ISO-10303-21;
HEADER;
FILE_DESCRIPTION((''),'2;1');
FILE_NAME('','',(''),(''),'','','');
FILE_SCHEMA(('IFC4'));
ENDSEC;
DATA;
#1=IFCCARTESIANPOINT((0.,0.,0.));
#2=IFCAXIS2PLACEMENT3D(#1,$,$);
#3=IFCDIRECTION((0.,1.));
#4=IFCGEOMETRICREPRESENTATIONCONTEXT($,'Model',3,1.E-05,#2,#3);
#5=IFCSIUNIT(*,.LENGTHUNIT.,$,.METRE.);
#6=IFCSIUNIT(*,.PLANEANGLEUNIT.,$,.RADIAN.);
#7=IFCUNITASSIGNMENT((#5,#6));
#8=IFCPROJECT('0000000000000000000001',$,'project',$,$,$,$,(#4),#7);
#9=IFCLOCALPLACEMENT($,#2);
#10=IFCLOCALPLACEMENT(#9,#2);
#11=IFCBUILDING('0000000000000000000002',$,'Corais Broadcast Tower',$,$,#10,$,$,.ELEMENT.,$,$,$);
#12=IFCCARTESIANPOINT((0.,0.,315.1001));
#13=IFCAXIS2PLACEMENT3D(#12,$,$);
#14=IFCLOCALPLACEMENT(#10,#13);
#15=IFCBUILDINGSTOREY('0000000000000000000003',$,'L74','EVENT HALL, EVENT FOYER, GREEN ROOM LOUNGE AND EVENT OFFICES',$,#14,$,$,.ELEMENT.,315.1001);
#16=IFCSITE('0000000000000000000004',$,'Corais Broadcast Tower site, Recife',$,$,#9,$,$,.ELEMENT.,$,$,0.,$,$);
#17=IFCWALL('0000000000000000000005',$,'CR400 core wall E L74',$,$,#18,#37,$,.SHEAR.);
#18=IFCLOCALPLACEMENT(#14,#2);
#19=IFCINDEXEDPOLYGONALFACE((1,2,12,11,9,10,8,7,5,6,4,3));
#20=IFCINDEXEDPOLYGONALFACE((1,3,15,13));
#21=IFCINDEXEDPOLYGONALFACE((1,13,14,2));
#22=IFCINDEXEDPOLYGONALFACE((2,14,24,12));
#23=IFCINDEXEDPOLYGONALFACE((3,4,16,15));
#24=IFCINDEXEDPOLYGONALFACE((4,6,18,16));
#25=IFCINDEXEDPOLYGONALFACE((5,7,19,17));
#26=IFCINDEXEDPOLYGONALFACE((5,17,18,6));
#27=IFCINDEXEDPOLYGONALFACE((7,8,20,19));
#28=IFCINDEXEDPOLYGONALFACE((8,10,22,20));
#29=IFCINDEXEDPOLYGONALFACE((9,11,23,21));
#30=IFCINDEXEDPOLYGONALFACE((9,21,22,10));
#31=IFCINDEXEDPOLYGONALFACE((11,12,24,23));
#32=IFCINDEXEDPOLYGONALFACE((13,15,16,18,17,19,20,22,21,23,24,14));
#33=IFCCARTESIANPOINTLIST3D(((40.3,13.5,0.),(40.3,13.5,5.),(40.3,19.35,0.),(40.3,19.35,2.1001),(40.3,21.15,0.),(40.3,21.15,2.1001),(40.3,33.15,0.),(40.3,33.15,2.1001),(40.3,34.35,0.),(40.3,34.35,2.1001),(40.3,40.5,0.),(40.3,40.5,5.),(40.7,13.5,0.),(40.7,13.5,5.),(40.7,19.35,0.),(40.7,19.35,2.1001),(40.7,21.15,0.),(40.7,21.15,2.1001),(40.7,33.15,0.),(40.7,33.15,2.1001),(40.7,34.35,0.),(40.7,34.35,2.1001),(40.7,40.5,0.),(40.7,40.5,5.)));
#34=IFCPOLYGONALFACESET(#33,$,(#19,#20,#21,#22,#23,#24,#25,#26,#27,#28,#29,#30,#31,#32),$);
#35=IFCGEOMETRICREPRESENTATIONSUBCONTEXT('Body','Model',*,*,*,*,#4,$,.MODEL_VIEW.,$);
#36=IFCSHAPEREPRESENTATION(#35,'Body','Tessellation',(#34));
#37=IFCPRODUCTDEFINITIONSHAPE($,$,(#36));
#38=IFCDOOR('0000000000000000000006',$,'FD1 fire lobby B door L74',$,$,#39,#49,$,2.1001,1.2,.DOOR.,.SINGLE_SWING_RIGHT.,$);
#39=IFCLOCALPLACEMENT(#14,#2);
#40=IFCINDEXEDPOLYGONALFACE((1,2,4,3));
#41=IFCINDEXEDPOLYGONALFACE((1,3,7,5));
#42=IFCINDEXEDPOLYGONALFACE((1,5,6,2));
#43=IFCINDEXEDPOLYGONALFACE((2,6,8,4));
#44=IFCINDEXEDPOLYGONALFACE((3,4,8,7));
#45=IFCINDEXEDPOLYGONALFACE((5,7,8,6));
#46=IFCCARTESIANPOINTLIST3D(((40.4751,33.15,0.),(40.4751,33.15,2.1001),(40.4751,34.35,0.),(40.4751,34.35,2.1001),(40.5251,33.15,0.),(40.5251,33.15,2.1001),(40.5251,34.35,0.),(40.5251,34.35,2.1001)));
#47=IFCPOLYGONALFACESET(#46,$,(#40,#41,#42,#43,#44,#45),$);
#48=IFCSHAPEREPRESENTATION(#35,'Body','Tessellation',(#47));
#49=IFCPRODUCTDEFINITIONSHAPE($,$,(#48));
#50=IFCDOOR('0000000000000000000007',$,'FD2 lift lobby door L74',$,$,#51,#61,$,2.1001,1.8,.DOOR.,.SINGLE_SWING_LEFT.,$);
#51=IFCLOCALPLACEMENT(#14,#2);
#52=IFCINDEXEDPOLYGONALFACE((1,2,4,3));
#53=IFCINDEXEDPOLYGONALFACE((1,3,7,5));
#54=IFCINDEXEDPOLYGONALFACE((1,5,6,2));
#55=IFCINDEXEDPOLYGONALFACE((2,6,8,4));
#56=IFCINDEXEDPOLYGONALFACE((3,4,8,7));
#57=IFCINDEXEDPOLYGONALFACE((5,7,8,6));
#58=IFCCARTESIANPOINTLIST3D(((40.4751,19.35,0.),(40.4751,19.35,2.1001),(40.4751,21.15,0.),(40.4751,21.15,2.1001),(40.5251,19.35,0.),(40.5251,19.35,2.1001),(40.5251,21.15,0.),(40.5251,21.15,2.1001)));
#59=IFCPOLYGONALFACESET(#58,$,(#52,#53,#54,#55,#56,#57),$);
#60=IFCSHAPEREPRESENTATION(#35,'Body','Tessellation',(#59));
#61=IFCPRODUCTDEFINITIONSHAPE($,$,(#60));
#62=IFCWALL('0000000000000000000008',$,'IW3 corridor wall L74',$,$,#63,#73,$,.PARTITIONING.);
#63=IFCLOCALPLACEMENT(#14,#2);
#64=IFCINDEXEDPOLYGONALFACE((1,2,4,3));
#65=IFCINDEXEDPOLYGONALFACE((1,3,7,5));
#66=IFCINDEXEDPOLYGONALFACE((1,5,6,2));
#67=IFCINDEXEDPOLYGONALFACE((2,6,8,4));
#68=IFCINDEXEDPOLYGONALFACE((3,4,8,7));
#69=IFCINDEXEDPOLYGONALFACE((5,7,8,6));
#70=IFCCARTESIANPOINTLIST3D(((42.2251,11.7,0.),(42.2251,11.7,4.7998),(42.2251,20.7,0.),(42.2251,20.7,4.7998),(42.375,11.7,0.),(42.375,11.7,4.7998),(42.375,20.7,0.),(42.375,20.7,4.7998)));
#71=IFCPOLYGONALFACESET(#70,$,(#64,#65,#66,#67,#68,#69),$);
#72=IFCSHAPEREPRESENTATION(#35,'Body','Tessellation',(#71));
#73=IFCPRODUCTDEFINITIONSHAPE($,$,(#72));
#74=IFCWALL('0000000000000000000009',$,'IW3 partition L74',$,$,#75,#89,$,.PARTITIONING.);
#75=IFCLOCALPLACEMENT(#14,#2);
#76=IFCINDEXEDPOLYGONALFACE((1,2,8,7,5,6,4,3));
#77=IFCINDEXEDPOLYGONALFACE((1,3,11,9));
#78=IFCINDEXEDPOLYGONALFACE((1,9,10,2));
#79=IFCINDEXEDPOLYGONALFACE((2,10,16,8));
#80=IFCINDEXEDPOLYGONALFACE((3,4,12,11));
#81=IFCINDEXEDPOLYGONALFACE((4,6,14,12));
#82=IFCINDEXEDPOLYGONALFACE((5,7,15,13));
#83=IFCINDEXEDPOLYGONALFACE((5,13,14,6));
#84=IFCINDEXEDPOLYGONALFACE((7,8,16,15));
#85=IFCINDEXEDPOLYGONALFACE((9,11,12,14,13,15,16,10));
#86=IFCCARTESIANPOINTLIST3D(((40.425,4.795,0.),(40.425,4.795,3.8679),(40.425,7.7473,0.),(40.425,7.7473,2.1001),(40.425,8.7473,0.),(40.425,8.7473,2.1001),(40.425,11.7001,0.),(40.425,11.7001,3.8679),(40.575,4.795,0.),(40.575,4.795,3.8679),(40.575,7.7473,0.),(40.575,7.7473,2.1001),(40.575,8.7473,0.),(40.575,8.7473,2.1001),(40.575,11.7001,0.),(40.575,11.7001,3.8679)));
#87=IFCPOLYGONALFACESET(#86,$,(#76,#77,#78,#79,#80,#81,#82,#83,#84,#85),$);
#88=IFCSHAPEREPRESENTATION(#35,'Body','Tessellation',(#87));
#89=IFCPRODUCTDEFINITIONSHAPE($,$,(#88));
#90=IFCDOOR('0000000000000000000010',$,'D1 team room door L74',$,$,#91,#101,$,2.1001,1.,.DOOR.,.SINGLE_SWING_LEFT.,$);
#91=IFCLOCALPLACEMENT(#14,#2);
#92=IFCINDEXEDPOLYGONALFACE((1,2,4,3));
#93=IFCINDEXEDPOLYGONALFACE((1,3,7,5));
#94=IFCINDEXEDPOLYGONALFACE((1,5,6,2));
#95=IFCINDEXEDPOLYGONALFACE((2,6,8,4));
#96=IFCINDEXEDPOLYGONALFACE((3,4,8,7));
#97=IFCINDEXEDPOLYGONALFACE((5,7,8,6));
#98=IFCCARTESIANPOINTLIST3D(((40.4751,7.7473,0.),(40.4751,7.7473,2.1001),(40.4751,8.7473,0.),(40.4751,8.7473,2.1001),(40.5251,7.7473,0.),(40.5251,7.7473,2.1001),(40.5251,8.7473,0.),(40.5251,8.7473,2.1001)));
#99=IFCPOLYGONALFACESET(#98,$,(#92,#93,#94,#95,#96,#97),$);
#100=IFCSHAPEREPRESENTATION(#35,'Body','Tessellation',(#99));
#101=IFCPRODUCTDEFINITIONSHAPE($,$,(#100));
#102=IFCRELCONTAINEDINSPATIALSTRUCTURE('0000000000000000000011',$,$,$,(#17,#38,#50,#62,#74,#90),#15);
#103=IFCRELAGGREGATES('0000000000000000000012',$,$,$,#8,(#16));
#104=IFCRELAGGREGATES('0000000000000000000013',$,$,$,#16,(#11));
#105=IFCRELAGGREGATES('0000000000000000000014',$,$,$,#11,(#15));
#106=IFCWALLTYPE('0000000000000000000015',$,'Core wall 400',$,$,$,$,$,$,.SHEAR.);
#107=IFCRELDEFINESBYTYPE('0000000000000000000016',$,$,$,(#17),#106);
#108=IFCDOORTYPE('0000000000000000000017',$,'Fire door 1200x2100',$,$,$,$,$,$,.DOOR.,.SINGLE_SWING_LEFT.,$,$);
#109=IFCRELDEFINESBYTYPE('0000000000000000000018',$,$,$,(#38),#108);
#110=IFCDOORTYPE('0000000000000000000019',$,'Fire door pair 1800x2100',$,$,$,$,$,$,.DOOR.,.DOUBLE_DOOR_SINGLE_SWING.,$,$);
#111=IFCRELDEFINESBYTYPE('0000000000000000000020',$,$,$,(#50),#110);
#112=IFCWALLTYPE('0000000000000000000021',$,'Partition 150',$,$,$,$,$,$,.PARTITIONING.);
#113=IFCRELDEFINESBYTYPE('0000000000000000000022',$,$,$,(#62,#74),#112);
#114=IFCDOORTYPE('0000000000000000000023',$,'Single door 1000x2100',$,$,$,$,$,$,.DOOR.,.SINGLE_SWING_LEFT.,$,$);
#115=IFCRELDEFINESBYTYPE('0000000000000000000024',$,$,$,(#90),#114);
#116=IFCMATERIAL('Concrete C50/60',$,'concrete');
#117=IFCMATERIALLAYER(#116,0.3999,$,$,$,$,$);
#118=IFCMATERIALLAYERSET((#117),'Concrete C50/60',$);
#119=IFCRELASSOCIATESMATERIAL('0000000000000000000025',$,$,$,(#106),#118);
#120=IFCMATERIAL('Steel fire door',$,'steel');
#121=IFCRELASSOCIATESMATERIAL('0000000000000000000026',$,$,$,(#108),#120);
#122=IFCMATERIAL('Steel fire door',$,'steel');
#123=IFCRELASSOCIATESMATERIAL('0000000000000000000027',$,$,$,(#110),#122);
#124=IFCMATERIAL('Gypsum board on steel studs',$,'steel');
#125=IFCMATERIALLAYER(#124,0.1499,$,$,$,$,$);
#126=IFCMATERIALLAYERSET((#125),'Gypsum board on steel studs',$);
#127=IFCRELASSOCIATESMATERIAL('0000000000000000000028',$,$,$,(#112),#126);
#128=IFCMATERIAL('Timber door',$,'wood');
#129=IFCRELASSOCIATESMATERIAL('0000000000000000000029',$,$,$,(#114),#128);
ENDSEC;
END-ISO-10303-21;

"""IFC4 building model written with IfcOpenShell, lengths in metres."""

from ifc_helpers import new_model, si_unit, direction, frame, frame_2d, origin, place, context, subcontext, project, spatial, rectangle, extrude, material, layer, layer_set, type_object, element, fill, save


model = new_model("IFC4")

# Units and contexts
model_context = context("Model", 3, precision=1e-05, world=origin(), true_north=direction((0.0, 1.0)))
body_context = subcontext(model_context, "Body", "Model", "MODEL_VIEW")
ifc_project = project(units=[si_unit("LENGTHUNIT", "METRE"), si_unit("PLANEANGLEUNIT", "RADIAN")], contexts=[model_context])

# Site, building, storey
site_placement = place(None, origin())
site = spatial("IfcSite", under=ifc_project, at=site_placement, Name="Corais Broadcast Tower site, Recife", CompositionType="ELEMENT", RefElevation=0.0)
building_placement = place(site_placement, origin())
building = spatial("IfcBuilding", under=site, at=building_placement, Name="Corais Broadcast Tower", CompositionType="ELEMENT")
storey_placement = place(building_placement, frame((0.0, 0.0, 315.1001)))
storey = spatial("IfcBuildingStorey", under=building, at=storey_placement, Name="L74", Description="EVENT HALL, EVENT FOYER, GREEN ROOM LOUNGE AND EVENT OFFICES", CompositionType="ELEMENT", Elevation=315.1001)

# Wall, openings, doors
ifc_material_1 = material(Name="Concrete C50/60", Category="concrete")
ifc_layer_1 = layer(ifc_material_1, 0.3999)
ifc_layer_set_1 = layer_set([ifc_layer_1], Name="Concrete C50/60")
wall_type_1 = type_object("IfcWallType", Name="Core wall 400", PredefinedType="SHEAR", material=ifc_layer_set_1)
wall_1_placement = place(storey_placement, frame((40.5, 13.5, 0.0), z_axis=(0.0, 0.0, 1.0), x_axis=(0.0, 1.0, 0.0)))
wall_1 = element("IfcWall", 1, at=wall_1_placement, inside=storey, type_object=wall_type_1, Name="CR400 core wall E L74", PredefinedType="SHEAR", context=body_context, shape_type="SweptSolid", body=[
    extrude(rectangle(XDim=27.0, YDim=0.3999, at=frame_2d((13.5, 0.0))), origin(), (0.0, 0.0, 1.0), 5.0),
])
opening_1_placement = place(wall_1_placement, frame((5.8501, 0.0, 0.0)))
opening_1 = element("IfcOpeningElement", 2, at=opening_1_placement, cuts=wall_1, PredefinedType="OPENING", context=body_context, shape_type="SweptSolid", body=[
    extrude(rectangle(XDim=1.8, YDim=2.1001, at=frame_2d((0.8999, 1.05))), frame((0.0, 0.21, 0.0), z_axis=(0.0, -1.0, 0.0), x_axis=(1.0, 0.0, 0.0)), (0.0, 0.0, 1.0), 0.4199),
])
opening_2_placement = place(wall_1_placement, frame((19.6499, 0.0, 0.0)))
opening_2 = element("IfcOpeningElement", 3, at=opening_2_placement, cuts=wall_1, PredefinedType="OPENING", context=body_context, shape_type="SweptSolid", body=[
    extrude(rectangle(XDim=1.2, YDim=2.1001, at=frame_2d((0.6001, 1.05))), frame((0.0, 0.21, 0.0), z_axis=(0.0, -1.0, 0.0), x_axis=(1.0, 0.0, 0.0)), (0.0, 0.0, 1.0), 0.4199),
])
ifc_material_2 = material(Name="Steel fire door", Category="steel")
door_type_1 = type_object("IfcDoorType", Name="Fire door 1200x2100", OperationType="SINGLE_SWING_LEFT", PredefinedType="DOOR", material=ifc_material_2)
door_1_placement = place(opening_2_placement, origin())
door_1 = element("IfcDoor", 4, at=door_1_placement, inside=storey, type_object=door_type_1, Name="FD1 fire lobby B door L74", OperationType="SINGLE_SWING_RIGHT", OverallHeight=2.1001, OverallWidth=1.2, PredefinedType="DOOR", context=body_context, shape_type="SweptSolid", body=[
    extrude(rectangle(XDim=1.2, YDim=2.1001, at=frame_2d((0.6001, 1.05))), frame((0.0, 0.0249, 0.0), z_axis=(0.0, -1.0, 0.0), x_axis=(1.0, 0.0, 0.0)), (0.0, 0.0, 1.0), 0.05),
])
fill(opening_2, door_1)
ifc_material_3 = material(Name="Steel fire door", Category="steel")
door_type_2 = type_object("IfcDoorType", Name="Fire door pair 1800x2100", OperationType="DOUBLE_DOOR_SINGLE_SWING", PredefinedType="DOOR", material=ifc_material_3)
door_2_placement = place(opening_1_placement, origin())
door_2 = element("IfcDoor", 5, at=door_2_placement, inside=storey, type_object=door_type_2, Name="FD2 lift lobby door L74", OperationType="SINGLE_SWING_LEFT", OverallHeight=2.1001, OverallWidth=1.8, PredefinedType="DOOR", context=body_context, shape_type="SweptSolid", body=[
    extrude(rectangle(XDim=1.8, YDim=2.1001, at=frame_2d((0.8999, 1.05))), frame((0.0, 0.0249, 0.0), z_axis=(0.0, -1.0, 0.0), x_axis=(1.0, 0.0, 0.0)), (0.0, 0.0, 1.0), 0.05),
])
fill(opening_1, door_2)

# Wall
ifc_material_4 = material(Name="Gypsum board on steel studs", Category="steel")
ifc_layer_2 = layer(ifc_material_4, 0.1499)
ifc_layer_set_2 = layer_set([ifc_layer_2], Name="Gypsum board on steel studs")
wall_type_2 = type_object("IfcWallType", Name="Partition 150", PredefinedType="PARTITIONING", material=ifc_layer_set_2)
wall_2_placement = place(storey_placement, frame((42.3, 11.7, 0.0), z_axis=(0.0, 0.0, 1.0), x_axis=(0.0, 1.0, 0.0)))
element("IfcWall", 6, at=wall_2_placement, inside=storey, type_object=wall_type_2, Name="IW3 corridor wall L74", PredefinedType="PARTITIONING", context=body_context, shape_type="SweptSolid", body=[
    extrude(rectangle(XDim=9.0, YDim=0.1499, at=frame_2d((4.5, 0.0))), origin(), (0.0, 0.0, 1.0), 4.7998),
])

# Wall, opening, door
wall_3_placement = place(storey_placement, frame((40.5, 4.7949, 0.0), z_axis=(0.0, 0.0, 1.0), x_axis=(0.0, 1.0, 0.0)))
wall_3 = element("IfcWall", 7, at=wall_3_placement, inside=storey, type_object=wall_type_2, Name="IW3 partition L74", PredefinedType="PARTITIONING", context=body_context, shape_type="SweptSolid", body=[
    extrude(rectangle(XDim=6.905, YDim=0.1499, at=frame_2d((3.4526, 0.0))), origin(), (0.0, 0.0, 1.0), 3.8679),
])
opening_3_placement = place(wall_3_placement, frame((2.9524, 0.0, 0.0)))
opening_3 = element("IfcOpeningElement", 8, at=opening_3_placement, cuts=wall_3, PredefinedType="OPENING", context=body_context, shape_type="SweptSolid", body=[
    extrude(rectangle(XDim=1.0, YDim=2.1001, at=frame_2d((0.5, 1.05))), frame((0.0, 0.085, 0.0), z_axis=(0.0, -1.0, 0.0), x_axis=(1.0, 0.0, 0.0)), (0.0, 0.0, 1.0), 0.1699),
])
ifc_material_5 = material(Name="Timber door", Category="wood")
door_type_3 = type_object("IfcDoorType", Name="Single door 1000x2100", OperationType="SINGLE_SWING_LEFT", PredefinedType="DOOR", material=ifc_material_5)
door_3_placement = place(opening_3_placement, origin())
door_3 = element("IfcDoor", 9, at=door_3_placement, inside=storey, type_object=door_type_3, Name="D1 team room door L74", OperationType="SINGLE_SWING_LEFT", OverallHeight=2.1001, OverallWidth=1.0, PredefinedType="DOOR", context=body_context, shape_type="SweptSolid", body=[
    extrude(rectangle(XDim=1.0, YDim=2.1001, at=frame_2d((0.5, 1.05))), frame((0.0, 0.0249, 0.0), z_axis=(0.0, -1.0, 0.0), x_axis=(1.0, 0.0, 0.0)), (0.0, 0.0, 1.0), 0.05),
])
fill(opening_3, door_3)

save(model, "model.ifc")
